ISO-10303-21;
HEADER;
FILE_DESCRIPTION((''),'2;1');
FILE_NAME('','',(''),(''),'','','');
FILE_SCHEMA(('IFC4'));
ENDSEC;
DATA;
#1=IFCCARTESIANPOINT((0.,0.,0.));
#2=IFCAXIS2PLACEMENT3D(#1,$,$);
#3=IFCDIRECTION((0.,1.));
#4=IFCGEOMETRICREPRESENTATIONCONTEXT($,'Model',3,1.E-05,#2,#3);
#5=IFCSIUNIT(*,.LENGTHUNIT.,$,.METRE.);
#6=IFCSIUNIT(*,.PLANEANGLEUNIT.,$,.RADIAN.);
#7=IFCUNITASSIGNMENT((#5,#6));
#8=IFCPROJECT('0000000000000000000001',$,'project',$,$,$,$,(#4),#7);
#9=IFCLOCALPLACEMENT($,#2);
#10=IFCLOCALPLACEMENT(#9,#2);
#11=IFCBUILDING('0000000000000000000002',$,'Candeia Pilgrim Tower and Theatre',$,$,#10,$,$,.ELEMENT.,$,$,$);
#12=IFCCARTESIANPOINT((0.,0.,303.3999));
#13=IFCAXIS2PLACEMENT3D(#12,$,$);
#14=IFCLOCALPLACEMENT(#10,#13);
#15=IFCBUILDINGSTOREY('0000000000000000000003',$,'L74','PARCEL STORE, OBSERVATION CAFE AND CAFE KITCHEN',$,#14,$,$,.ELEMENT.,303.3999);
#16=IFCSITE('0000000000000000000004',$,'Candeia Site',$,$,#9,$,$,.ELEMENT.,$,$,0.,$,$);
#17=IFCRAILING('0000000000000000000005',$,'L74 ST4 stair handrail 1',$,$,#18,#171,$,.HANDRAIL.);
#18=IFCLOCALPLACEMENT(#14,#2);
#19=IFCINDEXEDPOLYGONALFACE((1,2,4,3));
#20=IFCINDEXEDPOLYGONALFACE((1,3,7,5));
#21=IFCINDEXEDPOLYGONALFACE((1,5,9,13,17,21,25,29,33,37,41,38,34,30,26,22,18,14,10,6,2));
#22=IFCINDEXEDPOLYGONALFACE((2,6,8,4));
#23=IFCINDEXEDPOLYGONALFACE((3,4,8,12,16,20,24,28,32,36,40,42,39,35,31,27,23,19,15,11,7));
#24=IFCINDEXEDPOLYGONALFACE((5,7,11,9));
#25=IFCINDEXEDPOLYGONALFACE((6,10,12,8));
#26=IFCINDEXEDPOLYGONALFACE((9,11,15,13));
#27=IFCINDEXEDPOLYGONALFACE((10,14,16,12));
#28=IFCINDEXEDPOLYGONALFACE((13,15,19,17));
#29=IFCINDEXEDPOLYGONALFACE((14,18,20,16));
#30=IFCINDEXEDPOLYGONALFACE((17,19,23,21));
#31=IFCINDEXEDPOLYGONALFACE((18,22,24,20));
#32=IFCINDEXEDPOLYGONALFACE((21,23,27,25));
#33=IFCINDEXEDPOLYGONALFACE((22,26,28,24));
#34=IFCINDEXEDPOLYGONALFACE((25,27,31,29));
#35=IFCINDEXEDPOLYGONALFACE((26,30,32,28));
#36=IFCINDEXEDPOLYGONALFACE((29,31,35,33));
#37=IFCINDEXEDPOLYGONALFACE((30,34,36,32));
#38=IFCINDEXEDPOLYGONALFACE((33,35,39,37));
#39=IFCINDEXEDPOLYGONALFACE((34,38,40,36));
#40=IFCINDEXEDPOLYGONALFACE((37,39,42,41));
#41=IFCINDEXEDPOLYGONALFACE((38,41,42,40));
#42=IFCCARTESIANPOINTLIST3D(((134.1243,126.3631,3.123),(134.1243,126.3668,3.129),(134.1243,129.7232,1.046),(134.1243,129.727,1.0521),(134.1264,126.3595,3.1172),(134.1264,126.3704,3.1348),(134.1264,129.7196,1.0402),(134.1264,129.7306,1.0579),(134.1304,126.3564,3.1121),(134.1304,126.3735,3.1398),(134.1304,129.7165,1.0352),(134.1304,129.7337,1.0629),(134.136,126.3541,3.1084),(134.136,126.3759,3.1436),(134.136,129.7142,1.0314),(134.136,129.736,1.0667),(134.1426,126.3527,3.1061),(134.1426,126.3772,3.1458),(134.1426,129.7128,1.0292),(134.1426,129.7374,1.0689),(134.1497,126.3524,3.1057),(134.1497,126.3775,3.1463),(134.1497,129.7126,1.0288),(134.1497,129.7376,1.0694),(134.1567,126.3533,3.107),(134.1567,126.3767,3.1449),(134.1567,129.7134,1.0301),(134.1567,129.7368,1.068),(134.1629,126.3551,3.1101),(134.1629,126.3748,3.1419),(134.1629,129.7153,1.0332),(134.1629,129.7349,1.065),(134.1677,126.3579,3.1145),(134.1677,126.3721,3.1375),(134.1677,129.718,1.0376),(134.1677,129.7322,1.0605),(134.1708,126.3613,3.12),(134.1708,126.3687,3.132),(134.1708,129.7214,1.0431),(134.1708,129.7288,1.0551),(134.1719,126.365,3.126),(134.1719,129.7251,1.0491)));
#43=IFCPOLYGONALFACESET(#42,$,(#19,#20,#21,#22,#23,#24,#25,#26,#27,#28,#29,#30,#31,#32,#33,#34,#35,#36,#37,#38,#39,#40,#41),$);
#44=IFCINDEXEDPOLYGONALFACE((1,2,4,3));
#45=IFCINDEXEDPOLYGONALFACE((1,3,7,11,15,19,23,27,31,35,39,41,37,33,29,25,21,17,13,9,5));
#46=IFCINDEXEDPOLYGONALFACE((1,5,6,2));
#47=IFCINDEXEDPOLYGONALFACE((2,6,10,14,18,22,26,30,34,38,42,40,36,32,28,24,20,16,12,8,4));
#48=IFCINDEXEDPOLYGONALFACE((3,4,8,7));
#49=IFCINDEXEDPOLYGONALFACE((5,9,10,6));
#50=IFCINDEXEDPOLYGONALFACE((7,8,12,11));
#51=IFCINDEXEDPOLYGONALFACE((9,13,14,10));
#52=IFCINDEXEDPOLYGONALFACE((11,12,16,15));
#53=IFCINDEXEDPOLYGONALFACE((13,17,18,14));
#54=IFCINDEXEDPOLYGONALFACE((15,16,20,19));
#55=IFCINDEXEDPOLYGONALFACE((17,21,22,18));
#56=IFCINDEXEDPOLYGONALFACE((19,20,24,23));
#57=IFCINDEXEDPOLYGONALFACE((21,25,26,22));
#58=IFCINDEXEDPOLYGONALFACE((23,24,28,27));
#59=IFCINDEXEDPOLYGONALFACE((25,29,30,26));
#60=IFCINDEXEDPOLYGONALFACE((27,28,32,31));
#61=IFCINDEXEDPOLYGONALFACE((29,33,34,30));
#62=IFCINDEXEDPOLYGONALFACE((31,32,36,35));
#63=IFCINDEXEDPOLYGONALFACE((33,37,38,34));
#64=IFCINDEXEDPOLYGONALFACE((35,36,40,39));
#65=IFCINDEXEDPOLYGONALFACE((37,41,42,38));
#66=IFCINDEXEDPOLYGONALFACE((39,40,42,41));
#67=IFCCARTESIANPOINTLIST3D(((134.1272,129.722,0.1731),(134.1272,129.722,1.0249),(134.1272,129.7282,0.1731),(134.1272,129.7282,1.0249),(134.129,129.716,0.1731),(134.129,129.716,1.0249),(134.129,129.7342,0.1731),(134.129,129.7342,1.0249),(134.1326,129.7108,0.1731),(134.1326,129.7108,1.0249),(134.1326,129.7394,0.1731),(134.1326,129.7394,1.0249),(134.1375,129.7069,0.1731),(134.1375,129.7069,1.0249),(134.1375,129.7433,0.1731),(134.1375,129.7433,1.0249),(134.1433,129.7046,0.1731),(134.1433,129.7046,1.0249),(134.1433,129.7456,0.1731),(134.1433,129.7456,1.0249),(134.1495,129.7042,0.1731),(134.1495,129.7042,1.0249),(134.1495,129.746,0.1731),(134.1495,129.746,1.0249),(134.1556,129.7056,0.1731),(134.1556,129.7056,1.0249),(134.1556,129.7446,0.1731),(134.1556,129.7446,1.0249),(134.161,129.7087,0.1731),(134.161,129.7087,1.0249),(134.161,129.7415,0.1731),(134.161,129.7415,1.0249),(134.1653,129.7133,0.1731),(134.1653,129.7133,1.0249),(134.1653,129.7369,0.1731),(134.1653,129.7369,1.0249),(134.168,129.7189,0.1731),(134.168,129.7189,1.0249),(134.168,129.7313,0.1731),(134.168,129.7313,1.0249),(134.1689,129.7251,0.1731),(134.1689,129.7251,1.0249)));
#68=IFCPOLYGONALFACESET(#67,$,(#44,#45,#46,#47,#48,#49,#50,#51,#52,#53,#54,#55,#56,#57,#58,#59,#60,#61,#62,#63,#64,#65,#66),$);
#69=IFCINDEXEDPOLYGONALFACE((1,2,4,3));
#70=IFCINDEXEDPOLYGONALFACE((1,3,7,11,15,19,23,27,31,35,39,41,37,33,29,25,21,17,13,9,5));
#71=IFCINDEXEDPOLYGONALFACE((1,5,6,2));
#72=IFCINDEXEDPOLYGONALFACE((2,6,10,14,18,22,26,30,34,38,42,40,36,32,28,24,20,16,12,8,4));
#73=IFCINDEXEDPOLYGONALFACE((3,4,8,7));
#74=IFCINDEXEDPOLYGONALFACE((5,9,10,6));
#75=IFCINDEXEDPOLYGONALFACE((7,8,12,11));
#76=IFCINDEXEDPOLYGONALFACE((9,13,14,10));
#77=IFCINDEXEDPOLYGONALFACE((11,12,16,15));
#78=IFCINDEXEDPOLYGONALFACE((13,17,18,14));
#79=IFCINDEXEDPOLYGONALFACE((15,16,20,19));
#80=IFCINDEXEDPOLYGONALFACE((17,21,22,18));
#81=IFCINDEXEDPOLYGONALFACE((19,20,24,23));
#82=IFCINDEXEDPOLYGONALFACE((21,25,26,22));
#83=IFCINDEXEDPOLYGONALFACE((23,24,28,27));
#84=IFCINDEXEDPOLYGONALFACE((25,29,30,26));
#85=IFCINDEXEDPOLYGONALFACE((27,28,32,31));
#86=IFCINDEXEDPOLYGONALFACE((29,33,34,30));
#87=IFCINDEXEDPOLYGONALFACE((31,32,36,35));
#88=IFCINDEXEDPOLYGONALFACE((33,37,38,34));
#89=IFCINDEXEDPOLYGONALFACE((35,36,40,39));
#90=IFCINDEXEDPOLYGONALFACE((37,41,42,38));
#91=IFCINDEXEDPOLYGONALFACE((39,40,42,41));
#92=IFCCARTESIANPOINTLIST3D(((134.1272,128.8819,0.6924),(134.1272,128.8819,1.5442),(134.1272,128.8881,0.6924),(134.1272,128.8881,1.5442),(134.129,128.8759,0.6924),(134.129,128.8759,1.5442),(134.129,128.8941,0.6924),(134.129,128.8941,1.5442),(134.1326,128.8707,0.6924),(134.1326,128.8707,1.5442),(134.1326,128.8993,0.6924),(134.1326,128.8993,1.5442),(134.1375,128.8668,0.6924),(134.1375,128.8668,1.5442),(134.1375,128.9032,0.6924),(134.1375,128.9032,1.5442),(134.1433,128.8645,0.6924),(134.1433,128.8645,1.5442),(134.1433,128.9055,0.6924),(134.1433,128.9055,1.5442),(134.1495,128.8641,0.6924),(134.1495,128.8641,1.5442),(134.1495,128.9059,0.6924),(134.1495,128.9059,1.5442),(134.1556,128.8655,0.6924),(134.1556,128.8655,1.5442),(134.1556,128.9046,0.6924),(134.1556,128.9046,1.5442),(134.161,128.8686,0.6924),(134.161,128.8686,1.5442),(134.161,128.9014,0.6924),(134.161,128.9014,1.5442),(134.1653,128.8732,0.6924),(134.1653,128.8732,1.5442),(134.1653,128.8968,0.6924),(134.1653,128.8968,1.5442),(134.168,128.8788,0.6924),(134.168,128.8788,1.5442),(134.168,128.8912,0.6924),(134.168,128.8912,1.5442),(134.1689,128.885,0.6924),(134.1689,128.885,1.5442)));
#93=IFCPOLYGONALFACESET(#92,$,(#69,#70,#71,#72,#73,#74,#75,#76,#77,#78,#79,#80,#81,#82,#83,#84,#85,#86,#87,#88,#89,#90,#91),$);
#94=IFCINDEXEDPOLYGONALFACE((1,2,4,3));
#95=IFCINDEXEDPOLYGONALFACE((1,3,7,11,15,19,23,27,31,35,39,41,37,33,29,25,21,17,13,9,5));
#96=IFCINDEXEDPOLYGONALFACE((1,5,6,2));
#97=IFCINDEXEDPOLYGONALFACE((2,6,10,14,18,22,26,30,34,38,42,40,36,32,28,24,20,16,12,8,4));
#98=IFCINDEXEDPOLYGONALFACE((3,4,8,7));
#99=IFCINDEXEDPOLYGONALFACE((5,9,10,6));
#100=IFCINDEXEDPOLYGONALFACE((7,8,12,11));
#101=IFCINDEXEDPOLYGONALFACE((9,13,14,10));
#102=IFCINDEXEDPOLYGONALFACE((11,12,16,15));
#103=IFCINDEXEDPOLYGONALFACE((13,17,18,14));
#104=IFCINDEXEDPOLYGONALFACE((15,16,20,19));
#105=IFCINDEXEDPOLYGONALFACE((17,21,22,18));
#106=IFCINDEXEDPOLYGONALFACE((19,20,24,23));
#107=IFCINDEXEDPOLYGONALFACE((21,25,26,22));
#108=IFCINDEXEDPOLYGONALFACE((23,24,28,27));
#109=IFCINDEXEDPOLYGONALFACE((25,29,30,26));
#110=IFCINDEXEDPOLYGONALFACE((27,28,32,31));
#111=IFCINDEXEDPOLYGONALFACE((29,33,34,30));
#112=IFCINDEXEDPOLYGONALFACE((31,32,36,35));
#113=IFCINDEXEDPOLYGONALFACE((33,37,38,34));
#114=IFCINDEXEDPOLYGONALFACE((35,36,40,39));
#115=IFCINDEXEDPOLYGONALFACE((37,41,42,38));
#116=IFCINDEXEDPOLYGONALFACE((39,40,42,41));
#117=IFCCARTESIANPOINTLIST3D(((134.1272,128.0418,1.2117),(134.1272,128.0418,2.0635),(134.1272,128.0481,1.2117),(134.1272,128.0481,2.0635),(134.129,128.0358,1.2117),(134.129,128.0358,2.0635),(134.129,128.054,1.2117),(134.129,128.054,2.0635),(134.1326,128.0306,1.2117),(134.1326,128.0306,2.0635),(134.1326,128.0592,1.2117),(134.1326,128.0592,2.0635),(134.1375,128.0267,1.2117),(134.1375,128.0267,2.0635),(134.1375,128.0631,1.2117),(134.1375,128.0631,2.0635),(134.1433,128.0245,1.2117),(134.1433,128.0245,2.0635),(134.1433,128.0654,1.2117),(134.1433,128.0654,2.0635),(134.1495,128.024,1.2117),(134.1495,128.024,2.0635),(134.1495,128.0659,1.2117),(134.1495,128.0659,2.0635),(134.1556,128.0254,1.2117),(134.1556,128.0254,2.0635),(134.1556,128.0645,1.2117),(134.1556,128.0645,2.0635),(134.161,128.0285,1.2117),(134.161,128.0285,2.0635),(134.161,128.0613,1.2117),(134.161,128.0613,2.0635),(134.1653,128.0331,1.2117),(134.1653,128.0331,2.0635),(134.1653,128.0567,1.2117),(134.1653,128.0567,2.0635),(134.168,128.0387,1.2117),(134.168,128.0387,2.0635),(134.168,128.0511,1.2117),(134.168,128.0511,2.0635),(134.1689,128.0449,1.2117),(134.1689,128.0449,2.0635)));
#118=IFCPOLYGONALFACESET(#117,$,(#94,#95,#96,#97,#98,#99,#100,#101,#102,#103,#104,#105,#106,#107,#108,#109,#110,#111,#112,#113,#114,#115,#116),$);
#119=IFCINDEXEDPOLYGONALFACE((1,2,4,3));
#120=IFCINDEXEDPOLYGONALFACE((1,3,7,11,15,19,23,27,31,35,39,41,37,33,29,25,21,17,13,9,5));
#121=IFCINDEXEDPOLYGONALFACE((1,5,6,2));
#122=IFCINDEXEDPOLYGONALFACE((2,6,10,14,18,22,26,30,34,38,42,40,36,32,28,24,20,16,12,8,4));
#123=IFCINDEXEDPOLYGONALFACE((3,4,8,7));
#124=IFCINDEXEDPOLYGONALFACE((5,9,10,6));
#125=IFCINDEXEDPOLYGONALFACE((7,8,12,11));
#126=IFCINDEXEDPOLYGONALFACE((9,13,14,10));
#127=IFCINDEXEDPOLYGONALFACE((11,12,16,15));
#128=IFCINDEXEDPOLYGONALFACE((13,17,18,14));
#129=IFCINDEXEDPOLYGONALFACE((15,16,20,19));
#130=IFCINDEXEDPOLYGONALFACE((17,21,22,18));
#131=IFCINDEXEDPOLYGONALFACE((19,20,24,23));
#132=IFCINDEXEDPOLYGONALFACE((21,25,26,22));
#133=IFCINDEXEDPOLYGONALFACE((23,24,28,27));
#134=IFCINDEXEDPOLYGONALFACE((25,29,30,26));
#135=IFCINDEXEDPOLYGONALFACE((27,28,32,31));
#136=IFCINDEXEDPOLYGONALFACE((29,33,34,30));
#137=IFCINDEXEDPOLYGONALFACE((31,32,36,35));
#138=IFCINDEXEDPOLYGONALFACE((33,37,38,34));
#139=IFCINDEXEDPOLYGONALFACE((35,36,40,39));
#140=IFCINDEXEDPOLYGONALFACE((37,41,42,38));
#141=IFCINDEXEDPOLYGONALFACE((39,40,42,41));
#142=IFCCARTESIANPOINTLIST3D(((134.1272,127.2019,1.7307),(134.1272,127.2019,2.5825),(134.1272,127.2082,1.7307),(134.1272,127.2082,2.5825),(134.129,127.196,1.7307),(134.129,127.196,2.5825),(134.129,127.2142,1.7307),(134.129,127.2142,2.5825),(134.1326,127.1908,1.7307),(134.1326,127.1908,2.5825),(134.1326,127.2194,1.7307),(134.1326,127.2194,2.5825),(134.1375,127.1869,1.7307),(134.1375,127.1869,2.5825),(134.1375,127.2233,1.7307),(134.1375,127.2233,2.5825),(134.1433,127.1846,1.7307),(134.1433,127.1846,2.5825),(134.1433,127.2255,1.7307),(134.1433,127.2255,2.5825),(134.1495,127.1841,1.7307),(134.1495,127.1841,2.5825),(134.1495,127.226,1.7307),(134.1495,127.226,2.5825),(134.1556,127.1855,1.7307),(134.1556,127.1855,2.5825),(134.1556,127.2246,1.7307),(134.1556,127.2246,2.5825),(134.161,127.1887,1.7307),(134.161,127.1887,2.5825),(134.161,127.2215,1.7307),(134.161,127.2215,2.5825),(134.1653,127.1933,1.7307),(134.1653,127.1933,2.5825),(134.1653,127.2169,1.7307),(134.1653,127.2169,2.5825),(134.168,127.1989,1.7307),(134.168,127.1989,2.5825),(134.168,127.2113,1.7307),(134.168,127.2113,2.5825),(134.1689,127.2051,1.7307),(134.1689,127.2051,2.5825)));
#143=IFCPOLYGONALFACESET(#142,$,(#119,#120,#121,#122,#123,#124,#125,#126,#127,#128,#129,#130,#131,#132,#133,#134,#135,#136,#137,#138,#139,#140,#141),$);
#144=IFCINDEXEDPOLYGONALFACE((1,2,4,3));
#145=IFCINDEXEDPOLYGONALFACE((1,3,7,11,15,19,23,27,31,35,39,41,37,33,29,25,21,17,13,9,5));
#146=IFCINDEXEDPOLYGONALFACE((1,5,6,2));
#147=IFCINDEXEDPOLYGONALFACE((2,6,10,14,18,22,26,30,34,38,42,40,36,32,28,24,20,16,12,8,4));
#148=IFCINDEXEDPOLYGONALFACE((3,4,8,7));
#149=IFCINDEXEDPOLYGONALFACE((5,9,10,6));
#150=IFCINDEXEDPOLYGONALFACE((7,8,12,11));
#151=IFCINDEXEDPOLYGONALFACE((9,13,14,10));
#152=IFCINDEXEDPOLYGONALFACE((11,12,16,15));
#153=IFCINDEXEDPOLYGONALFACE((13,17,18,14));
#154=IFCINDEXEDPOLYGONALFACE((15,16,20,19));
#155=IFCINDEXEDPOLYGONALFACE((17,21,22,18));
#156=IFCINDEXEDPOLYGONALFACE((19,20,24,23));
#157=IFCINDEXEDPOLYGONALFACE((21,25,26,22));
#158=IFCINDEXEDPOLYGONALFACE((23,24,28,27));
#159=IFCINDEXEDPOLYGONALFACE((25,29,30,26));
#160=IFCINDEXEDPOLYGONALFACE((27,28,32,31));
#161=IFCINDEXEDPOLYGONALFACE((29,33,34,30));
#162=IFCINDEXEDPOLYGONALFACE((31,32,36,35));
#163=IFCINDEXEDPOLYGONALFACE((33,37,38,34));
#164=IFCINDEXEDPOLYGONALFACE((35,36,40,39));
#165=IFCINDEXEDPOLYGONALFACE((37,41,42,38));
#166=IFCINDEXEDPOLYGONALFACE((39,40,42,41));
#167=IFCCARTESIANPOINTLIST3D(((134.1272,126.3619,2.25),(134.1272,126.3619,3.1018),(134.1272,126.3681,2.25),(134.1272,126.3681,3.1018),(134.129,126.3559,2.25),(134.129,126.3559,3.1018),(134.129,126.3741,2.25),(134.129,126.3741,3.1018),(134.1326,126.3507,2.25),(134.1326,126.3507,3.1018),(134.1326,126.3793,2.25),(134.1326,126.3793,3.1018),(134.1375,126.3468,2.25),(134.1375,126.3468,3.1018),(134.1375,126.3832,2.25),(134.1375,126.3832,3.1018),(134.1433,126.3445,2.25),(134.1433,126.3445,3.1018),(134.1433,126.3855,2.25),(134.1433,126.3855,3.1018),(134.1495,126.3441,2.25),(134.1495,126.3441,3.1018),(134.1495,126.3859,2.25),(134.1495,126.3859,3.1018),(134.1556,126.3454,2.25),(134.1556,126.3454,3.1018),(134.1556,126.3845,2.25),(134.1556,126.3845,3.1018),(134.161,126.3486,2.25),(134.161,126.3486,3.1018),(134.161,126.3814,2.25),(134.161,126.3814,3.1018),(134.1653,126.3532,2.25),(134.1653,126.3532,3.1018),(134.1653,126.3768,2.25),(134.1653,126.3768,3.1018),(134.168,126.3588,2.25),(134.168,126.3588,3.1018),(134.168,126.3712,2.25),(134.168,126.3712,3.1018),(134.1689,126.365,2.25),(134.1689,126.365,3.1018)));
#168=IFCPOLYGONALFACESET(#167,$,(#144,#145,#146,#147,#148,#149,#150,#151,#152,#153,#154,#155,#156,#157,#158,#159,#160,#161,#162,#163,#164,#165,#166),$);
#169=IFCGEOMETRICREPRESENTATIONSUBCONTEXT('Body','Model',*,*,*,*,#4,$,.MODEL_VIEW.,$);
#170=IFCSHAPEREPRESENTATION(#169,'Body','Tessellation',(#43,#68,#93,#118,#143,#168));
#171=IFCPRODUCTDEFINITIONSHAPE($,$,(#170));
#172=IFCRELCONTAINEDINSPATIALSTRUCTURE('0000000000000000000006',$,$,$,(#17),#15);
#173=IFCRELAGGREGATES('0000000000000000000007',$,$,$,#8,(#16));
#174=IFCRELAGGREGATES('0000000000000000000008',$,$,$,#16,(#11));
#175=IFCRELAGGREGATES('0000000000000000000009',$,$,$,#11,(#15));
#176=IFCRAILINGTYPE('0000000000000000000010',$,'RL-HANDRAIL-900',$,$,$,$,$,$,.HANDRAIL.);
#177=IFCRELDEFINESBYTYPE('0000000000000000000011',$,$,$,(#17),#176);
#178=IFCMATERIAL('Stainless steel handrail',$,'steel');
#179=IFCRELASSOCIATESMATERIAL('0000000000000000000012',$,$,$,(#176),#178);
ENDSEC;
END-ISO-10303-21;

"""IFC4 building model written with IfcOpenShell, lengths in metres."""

from ifc_helpers import new_model, si_unit, direction, frame, origin, origin_2d, place, context, subcontext, project, spatial, circle, extrude, material, type_object, element, save


model = new_model("IFC4")

# Units and contexts
model_context = context("Model", 3, precision=1e-05, world=origin(), true_north=direction((0.0, 1.0)))
body_context = subcontext(model_context, "Body", "Model", "MODEL_VIEW")
ifc_project = project(units=[si_unit("LENGTHUNIT", "METRE"), si_unit("PLANEANGLEUNIT", "RADIAN")], contexts=[model_context])

# Site, building, storey
site_placement = place(None, origin())
site = spatial("IfcSite", under=ifc_project, at=site_placement, Name="Candeia Site", CompositionType="ELEMENT", RefElevation=0.0)
building_placement = place(site_placement, origin())
building = spatial("IfcBuilding", under=site, at=building_placement, Name="Candeia Pilgrim Tower and Theatre", CompositionType="ELEMENT")
storey_placement = place(building_placement, frame((0.0, 0.0, 303.3999)))
storey = spatial("IfcBuildingStorey", under=building, at=storey_placement, Name="L74", Description="PARCEL STORE, OBSERVATION CAFE AND CAFE KITCHEN", CompositionType="ELEMENT", Elevation=303.3999)

# Railing
ifc_material_1 = material(Name="Stainless steel handrail", Category="steel")
railing_type_1 = type_object("IfcRailingType", Name="RL-HANDRAIL-900", PredefinedType="HANDRAIL", material=ifc_material_1)
railing_1_placement = place(storey_placement, frame((134.1479, 129.7251, 0.1731)))
element("IfcRailing", 1, at=railing_1_placement, inside=storey, type_object=railing_type_1, Name="L74 ST4 stair handrail 1", PredefinedType="HANDRAIL", context=body_context, shape_type="SweptSolid", body=[
    extrude(circle(Radius=0.0239, at=origin_2d()), frame((0.0, 0.0, 0.876), z_axis=(0.0, -0.850623, 0.525776), x_axis=(1.0, 0.0, 0.0)), (0.0, 0.0, 1.0), 3.9502),
    extrude(circle(Radius=0.021, at=origin_2d()), origin(), (0.0, 0.0, 1.0), 0.8518),
    extrude(circle(Radius=0.021, at=origin_2d()), frame((0.0, -0.8401, 0.5193)), (0.0, 0.0, 1.0), 0.8518),
    extrude(circle(Radius=0.021, at=origin_2d()), frame((0.0, -1.6802, 1.0386)), (0.0, 0.0, 1.0), 0.8518),
    extrude(circle(Radius=0.021, at=origin_2d()), frame((0.0, -2.52, 1.5576)), (0.0, 0.0, 1.0), 0.8518),
    extrude(circle(Radius=0.021, at=origin_2d()), frame((0.0, -3.3601, 2.0769)), (0.0, 0.0, 1.0), 0.8518),
])

save(model, "model.ifc")
